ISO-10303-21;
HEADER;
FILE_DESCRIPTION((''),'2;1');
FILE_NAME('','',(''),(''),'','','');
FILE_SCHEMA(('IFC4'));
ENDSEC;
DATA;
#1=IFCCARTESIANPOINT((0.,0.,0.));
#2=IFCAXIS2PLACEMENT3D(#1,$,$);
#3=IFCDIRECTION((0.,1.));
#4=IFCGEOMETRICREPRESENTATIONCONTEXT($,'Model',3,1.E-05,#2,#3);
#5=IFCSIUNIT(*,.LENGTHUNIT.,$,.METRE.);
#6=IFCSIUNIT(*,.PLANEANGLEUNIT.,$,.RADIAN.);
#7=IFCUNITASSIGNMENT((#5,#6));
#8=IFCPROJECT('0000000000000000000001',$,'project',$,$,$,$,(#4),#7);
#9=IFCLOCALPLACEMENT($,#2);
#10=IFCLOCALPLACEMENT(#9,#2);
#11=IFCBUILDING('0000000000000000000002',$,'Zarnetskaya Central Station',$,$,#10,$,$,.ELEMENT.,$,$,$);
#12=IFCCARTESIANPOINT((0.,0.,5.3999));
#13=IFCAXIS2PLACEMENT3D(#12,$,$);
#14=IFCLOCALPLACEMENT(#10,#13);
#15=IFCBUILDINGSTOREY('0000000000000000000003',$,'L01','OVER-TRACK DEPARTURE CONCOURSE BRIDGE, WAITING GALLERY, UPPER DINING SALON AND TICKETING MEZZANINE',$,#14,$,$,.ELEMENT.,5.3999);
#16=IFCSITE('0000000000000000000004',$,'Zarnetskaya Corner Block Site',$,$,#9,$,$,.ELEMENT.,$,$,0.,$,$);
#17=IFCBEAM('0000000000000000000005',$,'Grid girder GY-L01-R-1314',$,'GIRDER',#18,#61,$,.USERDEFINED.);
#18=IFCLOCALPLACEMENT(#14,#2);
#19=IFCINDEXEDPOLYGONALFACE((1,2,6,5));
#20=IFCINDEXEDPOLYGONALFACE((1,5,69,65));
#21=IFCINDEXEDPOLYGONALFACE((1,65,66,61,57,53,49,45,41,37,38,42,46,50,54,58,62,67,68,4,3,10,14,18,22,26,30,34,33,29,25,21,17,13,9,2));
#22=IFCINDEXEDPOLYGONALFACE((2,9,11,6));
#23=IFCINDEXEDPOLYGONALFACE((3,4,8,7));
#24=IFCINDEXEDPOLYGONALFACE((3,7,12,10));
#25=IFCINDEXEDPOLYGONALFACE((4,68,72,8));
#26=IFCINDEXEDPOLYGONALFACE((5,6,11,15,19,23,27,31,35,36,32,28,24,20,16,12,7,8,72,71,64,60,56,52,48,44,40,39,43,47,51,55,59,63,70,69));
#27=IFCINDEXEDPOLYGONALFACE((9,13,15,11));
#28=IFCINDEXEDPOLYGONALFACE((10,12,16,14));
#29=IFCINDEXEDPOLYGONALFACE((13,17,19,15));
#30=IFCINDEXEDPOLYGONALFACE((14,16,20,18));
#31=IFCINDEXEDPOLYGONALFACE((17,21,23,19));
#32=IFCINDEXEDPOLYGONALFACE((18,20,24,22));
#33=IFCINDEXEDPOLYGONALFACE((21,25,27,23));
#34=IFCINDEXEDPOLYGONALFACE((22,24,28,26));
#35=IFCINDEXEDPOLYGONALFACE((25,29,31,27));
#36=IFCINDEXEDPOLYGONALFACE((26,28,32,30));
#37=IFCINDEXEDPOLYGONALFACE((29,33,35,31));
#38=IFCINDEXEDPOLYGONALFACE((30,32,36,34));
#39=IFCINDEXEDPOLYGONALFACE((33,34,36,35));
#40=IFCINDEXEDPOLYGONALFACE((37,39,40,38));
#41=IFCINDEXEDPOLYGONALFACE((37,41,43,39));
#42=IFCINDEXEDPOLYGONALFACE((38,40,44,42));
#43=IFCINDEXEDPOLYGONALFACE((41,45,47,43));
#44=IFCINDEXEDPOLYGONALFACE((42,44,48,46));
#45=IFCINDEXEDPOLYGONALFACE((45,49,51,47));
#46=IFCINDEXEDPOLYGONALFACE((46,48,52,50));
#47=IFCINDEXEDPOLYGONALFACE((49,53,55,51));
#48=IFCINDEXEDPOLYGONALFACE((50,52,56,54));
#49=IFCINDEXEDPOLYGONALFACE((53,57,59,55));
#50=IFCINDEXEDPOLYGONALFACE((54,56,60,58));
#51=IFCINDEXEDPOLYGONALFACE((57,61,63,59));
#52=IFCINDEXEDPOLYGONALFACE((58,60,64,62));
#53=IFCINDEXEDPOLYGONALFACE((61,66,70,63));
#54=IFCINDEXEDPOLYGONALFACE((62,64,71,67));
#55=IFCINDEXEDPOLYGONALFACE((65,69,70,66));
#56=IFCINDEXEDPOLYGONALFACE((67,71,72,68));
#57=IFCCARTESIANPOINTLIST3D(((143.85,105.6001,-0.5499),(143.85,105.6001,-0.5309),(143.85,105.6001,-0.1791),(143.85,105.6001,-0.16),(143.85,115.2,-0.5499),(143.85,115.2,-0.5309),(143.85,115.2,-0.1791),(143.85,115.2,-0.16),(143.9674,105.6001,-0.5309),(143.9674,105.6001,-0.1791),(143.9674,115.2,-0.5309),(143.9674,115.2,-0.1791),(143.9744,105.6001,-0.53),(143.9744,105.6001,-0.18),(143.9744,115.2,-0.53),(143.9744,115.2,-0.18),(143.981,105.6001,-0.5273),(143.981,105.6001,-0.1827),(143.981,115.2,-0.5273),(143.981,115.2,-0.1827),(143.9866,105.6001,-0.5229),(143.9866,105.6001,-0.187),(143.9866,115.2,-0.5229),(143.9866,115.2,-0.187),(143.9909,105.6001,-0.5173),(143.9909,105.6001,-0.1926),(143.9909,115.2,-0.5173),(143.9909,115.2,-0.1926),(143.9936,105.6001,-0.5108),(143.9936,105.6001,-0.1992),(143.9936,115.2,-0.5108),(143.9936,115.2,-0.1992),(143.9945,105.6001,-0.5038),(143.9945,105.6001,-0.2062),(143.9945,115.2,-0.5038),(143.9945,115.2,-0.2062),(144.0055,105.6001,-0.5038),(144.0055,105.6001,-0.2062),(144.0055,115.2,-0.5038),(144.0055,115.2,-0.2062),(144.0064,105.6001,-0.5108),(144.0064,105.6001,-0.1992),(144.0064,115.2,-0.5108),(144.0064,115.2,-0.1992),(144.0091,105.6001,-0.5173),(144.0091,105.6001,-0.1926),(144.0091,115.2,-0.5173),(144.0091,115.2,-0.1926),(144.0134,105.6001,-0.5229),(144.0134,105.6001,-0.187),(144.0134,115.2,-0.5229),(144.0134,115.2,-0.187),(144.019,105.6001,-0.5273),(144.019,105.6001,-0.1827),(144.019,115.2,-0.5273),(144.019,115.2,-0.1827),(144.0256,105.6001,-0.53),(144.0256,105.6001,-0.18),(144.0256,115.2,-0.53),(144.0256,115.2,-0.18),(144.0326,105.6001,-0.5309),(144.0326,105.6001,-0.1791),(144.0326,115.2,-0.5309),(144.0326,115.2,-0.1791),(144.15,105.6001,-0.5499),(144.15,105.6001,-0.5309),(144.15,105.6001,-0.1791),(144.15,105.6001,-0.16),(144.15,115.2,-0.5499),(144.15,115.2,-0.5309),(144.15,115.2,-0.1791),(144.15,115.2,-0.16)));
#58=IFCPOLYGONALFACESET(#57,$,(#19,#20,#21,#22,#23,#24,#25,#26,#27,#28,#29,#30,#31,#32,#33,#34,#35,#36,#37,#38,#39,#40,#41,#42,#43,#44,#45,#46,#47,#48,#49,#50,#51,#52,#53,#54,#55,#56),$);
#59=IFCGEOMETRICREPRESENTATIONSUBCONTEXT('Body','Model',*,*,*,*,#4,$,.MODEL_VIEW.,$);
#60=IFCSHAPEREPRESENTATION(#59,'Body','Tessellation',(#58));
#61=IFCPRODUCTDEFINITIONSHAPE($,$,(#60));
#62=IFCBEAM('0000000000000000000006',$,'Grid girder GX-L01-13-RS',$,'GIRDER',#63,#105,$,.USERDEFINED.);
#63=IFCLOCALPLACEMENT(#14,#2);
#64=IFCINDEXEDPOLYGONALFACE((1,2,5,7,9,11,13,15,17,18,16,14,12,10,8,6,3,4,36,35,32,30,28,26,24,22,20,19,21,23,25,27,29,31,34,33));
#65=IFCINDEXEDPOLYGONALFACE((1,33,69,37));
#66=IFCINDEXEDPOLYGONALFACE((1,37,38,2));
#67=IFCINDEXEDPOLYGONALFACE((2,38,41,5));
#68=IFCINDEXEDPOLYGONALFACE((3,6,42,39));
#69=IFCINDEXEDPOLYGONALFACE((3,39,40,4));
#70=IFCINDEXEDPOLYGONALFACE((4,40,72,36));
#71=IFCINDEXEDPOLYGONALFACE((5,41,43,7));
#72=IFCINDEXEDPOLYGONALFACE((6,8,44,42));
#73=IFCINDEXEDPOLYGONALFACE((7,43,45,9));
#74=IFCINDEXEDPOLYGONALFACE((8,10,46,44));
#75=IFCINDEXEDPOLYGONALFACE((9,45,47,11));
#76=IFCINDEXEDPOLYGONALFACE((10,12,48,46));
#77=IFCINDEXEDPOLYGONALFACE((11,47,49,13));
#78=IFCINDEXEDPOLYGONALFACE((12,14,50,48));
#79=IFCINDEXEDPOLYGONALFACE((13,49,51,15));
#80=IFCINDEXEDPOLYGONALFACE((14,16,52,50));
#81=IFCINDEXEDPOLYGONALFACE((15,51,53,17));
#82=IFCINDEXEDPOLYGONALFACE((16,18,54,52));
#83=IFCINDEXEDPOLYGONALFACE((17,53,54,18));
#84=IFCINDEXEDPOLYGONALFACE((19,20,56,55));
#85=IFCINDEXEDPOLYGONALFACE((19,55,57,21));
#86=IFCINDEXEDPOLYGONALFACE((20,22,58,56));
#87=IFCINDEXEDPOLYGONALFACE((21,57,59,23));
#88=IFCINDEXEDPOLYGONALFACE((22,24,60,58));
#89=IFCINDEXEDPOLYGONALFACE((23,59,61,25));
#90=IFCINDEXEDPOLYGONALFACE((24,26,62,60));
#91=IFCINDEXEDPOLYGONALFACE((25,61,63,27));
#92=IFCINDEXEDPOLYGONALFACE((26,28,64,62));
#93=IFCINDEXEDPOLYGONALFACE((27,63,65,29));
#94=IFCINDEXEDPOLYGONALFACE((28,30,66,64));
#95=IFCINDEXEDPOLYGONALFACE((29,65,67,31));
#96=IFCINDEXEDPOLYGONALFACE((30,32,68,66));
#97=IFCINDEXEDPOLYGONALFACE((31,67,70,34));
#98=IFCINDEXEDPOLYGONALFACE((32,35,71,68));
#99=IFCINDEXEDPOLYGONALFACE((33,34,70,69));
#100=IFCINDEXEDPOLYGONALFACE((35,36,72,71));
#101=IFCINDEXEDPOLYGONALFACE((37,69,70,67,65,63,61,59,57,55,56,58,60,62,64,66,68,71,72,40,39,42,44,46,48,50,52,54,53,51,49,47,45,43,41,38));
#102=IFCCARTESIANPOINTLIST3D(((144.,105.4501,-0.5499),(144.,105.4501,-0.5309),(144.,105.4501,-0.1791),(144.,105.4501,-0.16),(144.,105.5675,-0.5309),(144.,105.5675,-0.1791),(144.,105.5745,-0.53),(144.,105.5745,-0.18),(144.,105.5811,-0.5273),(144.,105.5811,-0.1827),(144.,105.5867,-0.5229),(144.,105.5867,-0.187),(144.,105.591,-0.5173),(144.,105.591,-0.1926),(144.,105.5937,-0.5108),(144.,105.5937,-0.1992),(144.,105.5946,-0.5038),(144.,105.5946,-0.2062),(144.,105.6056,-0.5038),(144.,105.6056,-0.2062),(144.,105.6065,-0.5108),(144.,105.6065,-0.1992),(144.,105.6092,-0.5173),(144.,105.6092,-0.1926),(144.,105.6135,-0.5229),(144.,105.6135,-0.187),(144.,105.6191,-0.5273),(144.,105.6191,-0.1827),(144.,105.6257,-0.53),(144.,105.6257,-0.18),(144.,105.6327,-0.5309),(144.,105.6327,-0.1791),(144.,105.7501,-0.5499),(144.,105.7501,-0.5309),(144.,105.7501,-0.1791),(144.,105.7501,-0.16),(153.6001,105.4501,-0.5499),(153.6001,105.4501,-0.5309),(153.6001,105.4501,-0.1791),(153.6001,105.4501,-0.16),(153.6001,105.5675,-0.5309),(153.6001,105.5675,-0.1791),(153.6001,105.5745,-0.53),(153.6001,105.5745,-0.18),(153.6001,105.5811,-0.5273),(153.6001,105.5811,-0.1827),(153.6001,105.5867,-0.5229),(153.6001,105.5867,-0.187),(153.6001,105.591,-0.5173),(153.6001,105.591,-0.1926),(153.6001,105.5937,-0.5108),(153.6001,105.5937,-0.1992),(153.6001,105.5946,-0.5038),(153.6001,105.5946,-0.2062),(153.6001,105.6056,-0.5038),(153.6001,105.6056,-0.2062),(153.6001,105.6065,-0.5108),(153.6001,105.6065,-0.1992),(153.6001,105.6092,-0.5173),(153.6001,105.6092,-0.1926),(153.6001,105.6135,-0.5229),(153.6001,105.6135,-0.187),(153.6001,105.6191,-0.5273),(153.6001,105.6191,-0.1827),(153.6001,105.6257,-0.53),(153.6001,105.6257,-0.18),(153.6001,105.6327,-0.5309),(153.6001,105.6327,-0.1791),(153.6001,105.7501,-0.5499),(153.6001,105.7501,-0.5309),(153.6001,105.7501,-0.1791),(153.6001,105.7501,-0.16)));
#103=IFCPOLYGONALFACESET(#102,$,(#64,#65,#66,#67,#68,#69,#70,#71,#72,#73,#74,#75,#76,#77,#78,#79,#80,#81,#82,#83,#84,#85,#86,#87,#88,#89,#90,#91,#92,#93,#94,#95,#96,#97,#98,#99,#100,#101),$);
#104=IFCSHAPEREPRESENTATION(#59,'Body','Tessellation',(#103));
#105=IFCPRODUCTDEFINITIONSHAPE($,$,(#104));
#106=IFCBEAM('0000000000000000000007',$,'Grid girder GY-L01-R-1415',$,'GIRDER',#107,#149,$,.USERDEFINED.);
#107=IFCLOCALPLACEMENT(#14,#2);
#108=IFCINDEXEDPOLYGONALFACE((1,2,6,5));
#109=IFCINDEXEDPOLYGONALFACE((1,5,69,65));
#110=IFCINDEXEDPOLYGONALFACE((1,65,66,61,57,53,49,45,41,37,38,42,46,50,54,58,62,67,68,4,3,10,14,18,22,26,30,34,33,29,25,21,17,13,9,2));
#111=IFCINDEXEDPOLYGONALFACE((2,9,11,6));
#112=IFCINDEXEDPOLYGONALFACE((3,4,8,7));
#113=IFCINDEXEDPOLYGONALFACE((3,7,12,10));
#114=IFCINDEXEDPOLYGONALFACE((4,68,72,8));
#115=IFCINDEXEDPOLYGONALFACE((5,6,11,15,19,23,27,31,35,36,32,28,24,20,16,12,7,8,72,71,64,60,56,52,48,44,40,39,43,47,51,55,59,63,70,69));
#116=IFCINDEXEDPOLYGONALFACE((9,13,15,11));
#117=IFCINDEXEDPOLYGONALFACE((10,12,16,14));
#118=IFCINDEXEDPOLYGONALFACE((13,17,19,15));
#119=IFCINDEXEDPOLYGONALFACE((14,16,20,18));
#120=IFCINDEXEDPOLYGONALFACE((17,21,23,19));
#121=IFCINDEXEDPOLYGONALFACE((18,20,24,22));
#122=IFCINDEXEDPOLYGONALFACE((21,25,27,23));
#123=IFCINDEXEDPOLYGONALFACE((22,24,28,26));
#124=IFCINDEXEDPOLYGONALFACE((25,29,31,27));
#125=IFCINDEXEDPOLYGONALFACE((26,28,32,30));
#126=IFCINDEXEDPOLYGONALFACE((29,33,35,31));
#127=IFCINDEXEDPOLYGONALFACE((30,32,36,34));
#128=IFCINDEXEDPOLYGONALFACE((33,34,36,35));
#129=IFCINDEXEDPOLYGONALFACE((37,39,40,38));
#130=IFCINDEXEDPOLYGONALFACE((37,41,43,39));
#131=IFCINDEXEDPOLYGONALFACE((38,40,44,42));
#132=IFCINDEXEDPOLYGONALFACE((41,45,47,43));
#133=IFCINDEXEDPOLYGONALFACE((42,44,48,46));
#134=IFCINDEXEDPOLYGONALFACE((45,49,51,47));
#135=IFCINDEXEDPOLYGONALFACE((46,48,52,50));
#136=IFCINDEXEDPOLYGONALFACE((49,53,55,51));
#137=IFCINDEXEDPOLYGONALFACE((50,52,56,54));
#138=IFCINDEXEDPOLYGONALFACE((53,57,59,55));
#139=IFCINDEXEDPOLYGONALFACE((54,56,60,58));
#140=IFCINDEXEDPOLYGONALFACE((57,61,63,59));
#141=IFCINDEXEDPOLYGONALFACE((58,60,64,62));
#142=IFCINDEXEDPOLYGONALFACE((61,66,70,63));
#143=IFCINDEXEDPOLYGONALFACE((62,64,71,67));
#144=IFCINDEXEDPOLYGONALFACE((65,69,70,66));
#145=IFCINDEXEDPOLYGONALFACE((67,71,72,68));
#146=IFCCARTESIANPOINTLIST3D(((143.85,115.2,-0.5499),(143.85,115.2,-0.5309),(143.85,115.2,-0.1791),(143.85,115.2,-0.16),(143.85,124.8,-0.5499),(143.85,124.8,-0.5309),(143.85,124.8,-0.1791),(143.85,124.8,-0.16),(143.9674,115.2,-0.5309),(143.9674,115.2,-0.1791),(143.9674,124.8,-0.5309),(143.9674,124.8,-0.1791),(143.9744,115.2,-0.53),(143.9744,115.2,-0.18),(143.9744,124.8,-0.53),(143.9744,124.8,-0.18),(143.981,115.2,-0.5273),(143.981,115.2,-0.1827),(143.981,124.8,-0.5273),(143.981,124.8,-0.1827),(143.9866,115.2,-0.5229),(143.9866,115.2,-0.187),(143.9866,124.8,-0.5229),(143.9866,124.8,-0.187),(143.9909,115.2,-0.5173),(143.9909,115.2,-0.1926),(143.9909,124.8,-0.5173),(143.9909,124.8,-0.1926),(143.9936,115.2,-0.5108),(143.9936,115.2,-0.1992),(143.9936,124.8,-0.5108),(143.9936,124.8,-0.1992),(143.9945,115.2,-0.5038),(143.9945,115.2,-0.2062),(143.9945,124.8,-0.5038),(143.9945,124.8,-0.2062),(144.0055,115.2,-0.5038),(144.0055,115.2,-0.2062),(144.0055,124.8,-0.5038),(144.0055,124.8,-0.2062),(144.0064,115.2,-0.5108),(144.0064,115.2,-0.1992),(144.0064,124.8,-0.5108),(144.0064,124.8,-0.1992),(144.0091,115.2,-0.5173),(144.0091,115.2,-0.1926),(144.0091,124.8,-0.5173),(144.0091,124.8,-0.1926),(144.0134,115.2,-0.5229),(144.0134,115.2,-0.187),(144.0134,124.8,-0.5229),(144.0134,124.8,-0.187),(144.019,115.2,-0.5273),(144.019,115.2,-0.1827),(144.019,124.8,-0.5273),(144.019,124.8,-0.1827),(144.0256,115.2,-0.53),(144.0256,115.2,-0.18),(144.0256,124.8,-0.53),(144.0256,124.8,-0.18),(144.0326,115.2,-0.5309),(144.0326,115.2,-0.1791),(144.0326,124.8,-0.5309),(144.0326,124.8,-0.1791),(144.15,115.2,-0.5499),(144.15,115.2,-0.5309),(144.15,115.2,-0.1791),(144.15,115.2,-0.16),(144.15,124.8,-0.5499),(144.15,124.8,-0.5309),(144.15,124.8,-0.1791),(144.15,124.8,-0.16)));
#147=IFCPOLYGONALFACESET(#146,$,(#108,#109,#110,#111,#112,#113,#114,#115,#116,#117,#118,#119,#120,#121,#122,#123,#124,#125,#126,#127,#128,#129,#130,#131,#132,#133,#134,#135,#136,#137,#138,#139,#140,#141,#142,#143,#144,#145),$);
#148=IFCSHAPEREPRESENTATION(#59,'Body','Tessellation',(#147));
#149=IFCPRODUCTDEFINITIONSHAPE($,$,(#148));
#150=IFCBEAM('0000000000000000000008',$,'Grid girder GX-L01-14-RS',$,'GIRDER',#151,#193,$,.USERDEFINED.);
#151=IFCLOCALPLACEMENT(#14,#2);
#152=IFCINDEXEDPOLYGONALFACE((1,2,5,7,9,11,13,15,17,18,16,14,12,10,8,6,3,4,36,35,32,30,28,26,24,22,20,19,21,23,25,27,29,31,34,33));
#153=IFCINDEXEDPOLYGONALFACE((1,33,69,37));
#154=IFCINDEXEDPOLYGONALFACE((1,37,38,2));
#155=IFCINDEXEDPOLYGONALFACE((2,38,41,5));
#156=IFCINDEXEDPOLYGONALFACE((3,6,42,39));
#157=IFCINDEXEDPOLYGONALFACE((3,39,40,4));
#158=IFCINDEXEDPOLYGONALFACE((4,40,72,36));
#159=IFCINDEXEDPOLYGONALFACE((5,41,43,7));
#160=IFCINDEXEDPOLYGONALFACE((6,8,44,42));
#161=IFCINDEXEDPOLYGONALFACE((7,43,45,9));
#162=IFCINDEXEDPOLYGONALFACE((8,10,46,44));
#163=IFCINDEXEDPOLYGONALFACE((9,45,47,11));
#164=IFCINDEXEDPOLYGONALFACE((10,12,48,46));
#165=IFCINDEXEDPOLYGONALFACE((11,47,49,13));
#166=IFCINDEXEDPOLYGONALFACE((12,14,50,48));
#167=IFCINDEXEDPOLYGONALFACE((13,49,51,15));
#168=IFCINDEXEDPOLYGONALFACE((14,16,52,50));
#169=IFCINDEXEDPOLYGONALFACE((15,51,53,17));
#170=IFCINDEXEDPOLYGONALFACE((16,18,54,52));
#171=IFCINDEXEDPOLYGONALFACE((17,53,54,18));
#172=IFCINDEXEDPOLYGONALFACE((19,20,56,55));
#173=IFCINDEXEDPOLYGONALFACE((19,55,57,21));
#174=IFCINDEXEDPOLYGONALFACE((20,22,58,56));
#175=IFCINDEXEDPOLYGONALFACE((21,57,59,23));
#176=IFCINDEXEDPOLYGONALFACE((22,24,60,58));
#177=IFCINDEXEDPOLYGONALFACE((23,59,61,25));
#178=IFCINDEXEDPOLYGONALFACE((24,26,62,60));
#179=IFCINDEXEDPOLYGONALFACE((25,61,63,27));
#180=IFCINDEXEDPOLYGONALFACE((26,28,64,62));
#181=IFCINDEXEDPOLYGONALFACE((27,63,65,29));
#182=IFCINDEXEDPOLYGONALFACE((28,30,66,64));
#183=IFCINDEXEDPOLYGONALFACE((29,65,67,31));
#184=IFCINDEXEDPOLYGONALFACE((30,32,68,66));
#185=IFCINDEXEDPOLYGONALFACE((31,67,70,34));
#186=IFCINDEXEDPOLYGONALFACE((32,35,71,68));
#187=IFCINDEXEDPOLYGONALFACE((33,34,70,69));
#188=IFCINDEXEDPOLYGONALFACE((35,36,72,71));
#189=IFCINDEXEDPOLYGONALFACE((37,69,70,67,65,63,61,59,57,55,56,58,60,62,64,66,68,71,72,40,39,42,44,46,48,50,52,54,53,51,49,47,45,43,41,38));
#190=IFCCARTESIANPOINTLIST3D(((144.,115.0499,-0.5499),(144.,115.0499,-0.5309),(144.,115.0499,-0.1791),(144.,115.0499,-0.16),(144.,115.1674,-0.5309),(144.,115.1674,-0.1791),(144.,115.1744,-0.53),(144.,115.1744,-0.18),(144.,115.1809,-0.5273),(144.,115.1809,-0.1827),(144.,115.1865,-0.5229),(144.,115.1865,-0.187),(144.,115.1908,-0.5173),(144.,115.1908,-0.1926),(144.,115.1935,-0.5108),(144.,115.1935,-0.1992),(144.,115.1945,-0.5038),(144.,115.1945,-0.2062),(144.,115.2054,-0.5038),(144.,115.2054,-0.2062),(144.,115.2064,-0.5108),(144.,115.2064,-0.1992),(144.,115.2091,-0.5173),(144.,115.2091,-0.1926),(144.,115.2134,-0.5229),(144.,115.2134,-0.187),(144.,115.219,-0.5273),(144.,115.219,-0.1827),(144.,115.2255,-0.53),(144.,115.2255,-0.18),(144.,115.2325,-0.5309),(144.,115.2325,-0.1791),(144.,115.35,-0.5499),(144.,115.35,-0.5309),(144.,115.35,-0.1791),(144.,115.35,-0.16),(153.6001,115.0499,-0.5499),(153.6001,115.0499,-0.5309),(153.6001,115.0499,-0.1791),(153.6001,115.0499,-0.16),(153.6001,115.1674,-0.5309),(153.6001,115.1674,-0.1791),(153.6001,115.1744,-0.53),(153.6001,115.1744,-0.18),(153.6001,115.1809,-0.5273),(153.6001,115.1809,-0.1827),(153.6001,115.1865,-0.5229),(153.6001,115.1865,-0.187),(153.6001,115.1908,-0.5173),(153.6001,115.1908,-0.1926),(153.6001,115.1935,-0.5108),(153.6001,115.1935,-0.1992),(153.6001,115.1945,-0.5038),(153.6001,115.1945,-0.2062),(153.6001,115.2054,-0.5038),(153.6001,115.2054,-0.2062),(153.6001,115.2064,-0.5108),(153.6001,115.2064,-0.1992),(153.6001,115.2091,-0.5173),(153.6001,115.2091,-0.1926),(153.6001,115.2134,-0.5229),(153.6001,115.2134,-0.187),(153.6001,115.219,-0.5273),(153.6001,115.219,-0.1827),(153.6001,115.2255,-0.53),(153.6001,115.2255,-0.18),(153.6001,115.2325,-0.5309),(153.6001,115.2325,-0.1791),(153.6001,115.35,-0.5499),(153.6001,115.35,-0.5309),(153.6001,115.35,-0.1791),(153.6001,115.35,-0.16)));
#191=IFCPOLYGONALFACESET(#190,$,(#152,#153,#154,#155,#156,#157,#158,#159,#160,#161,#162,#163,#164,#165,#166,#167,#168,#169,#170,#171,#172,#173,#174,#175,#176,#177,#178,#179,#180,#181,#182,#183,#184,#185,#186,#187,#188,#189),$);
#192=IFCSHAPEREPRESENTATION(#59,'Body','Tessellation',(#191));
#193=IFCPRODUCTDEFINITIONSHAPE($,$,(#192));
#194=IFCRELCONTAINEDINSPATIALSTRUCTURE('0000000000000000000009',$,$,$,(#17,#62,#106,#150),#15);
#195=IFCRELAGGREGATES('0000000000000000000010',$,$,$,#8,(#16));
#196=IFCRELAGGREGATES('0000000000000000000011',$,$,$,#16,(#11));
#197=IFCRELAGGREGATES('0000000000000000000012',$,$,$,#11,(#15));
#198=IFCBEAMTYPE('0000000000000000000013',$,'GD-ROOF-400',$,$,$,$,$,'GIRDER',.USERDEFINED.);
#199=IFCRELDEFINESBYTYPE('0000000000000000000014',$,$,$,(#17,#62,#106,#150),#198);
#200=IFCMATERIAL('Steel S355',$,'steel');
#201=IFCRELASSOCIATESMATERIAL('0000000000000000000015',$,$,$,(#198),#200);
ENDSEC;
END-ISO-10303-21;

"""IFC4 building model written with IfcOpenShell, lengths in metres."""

from ifc_helpers import new_model, si_unit, direction, frame, origin, origin_2d, place, context, subcontext, project, spatial, i_section, extrude, material, material_profile, profile_set, type_object, element, save


model = new_model("IFC4")

# Units and contexts
model_context = context("Model", 3, precision=1e-05, world=origin(), true_north=direction((0.0, 1.0)))
body_context = subcontext(model_context, "Body", "Model", "MODEL_VIEW")
ifc_project = project(units=[si_unit("LENGTHUNIT", "METRE"), si_unit("PLANEANGLEUNIT", "RADIAN")], contexts=[model_context])

# Site, building, storey
site_placement = place(None, origin())
site = spatial("IfcSite", under=ifc_project, at=site_placement, Name="Zarnetskaya Corner Block Site", CompositionType="ELEMENT", RefElevation=0.0)
building_placement = place(site_placement, origin())
building = spatial("IfcBuilding", under=site, at=building_placement, Name="Zarnetskaya Central Station", CompositionType="ELEMENT")
storey_placement = place(building_placement, frame((0.0, 0.0, 5.3999)))
storey = spatial("IfcBuildingStorey", under=building, at=storey_placement, Name="L01", Description="OVER-TRACK DEPARTURE CONCOURSE BRIDGE, WAITING GALLERY, UPPER DINING SALON AND TICKETING MEZZANINE", CompositionType="ELEMENT", Elevation=5.3999)

# Shared definitions
ifc_material = material(Name="Steel S355", Category="steel")

# Beams
ifc_material_profile_1 = material_profile(ifc_material, i_section(OverallWidth=0.3, OverallDepth=0.3899, WebThickness=0.011, FlangeThickness=0.019, FilletRadius=0.0271, at=origin_2d()), Name="HEA 400")
ifc_profile_set_1 = profile_set([ifc_material_profile_1], Name="Steel S355")
beam_type_1 = type_object("IfcBeamType", Name="GD-ROOF-400", ElementType="GIRDER", PredefinedType="USERDEFINED", material=ifc_profile_set_1)
beam_1_placement = place(storey_placement, frame((144.0, 105.6001, -0.355), z_axis=(0.0, 1.0, 0.0), x_axis=(-1.0, 0.0, 0.0)))
element("IfcBeam", 1, at=beam_1_placement, inside=storey, type_object=beam_type_1, Name="Grid girder GY-L01-R-1314", ObjectType="GIRDER", PredefinedType="USERDEFINED", context=body_context, shape_type="SweptSolid", body=[
    extrude(i_section(OverallWidth=0.3, OverallDepth=0.3899, WebThickness=0.011, FlangeThickness=0.019, FilletRadius=0.0271, at=origin_2d()), origin(), (0.0, 0.0, 1.0), 9.5999),
])
for number, where, z_axis, x_axis, name in (
    (2, (144.0, 105.6001, -0.355), (1.0, 0.0, 0.0), (0.0, 1.0, 0.0), "Grid girder GX-L01-13-RS"),
    (3, (144.0, 115.2, -0.355), (0.0, 1.0, 0.0), (-1.0, 0.0, 0.0), "Grid girder GY-L01-R-1415"),
    (4, (144.0, 115.2, -0.355), (1.0, 0.0, 0.0), (0.0, 1.0, 0.0), "Grid girder GX-L01-14-RS"),
):
    element("IfcBeam", number, at=place(storey_placement, frame(where, z_axis=z_axis, x_axis=x_axis)), inside=storey, type_object=beam_type_1, Name=name, ObjectType="GIRDER", PredefinedType="USERDEFINED", context=body_context, shape_type="SweptSolid", body=[
        extrude(i_section(OverallWidth=0.3, OverallDepth=0.3899, WebThickness=0.011, FlangeThickness=0.019, FilletRadius=0.0271, at=origin_2d()), origin(), (0.0, 0.0, 1.0), 9.6001),
    ])

save(model, "model.ifc")
